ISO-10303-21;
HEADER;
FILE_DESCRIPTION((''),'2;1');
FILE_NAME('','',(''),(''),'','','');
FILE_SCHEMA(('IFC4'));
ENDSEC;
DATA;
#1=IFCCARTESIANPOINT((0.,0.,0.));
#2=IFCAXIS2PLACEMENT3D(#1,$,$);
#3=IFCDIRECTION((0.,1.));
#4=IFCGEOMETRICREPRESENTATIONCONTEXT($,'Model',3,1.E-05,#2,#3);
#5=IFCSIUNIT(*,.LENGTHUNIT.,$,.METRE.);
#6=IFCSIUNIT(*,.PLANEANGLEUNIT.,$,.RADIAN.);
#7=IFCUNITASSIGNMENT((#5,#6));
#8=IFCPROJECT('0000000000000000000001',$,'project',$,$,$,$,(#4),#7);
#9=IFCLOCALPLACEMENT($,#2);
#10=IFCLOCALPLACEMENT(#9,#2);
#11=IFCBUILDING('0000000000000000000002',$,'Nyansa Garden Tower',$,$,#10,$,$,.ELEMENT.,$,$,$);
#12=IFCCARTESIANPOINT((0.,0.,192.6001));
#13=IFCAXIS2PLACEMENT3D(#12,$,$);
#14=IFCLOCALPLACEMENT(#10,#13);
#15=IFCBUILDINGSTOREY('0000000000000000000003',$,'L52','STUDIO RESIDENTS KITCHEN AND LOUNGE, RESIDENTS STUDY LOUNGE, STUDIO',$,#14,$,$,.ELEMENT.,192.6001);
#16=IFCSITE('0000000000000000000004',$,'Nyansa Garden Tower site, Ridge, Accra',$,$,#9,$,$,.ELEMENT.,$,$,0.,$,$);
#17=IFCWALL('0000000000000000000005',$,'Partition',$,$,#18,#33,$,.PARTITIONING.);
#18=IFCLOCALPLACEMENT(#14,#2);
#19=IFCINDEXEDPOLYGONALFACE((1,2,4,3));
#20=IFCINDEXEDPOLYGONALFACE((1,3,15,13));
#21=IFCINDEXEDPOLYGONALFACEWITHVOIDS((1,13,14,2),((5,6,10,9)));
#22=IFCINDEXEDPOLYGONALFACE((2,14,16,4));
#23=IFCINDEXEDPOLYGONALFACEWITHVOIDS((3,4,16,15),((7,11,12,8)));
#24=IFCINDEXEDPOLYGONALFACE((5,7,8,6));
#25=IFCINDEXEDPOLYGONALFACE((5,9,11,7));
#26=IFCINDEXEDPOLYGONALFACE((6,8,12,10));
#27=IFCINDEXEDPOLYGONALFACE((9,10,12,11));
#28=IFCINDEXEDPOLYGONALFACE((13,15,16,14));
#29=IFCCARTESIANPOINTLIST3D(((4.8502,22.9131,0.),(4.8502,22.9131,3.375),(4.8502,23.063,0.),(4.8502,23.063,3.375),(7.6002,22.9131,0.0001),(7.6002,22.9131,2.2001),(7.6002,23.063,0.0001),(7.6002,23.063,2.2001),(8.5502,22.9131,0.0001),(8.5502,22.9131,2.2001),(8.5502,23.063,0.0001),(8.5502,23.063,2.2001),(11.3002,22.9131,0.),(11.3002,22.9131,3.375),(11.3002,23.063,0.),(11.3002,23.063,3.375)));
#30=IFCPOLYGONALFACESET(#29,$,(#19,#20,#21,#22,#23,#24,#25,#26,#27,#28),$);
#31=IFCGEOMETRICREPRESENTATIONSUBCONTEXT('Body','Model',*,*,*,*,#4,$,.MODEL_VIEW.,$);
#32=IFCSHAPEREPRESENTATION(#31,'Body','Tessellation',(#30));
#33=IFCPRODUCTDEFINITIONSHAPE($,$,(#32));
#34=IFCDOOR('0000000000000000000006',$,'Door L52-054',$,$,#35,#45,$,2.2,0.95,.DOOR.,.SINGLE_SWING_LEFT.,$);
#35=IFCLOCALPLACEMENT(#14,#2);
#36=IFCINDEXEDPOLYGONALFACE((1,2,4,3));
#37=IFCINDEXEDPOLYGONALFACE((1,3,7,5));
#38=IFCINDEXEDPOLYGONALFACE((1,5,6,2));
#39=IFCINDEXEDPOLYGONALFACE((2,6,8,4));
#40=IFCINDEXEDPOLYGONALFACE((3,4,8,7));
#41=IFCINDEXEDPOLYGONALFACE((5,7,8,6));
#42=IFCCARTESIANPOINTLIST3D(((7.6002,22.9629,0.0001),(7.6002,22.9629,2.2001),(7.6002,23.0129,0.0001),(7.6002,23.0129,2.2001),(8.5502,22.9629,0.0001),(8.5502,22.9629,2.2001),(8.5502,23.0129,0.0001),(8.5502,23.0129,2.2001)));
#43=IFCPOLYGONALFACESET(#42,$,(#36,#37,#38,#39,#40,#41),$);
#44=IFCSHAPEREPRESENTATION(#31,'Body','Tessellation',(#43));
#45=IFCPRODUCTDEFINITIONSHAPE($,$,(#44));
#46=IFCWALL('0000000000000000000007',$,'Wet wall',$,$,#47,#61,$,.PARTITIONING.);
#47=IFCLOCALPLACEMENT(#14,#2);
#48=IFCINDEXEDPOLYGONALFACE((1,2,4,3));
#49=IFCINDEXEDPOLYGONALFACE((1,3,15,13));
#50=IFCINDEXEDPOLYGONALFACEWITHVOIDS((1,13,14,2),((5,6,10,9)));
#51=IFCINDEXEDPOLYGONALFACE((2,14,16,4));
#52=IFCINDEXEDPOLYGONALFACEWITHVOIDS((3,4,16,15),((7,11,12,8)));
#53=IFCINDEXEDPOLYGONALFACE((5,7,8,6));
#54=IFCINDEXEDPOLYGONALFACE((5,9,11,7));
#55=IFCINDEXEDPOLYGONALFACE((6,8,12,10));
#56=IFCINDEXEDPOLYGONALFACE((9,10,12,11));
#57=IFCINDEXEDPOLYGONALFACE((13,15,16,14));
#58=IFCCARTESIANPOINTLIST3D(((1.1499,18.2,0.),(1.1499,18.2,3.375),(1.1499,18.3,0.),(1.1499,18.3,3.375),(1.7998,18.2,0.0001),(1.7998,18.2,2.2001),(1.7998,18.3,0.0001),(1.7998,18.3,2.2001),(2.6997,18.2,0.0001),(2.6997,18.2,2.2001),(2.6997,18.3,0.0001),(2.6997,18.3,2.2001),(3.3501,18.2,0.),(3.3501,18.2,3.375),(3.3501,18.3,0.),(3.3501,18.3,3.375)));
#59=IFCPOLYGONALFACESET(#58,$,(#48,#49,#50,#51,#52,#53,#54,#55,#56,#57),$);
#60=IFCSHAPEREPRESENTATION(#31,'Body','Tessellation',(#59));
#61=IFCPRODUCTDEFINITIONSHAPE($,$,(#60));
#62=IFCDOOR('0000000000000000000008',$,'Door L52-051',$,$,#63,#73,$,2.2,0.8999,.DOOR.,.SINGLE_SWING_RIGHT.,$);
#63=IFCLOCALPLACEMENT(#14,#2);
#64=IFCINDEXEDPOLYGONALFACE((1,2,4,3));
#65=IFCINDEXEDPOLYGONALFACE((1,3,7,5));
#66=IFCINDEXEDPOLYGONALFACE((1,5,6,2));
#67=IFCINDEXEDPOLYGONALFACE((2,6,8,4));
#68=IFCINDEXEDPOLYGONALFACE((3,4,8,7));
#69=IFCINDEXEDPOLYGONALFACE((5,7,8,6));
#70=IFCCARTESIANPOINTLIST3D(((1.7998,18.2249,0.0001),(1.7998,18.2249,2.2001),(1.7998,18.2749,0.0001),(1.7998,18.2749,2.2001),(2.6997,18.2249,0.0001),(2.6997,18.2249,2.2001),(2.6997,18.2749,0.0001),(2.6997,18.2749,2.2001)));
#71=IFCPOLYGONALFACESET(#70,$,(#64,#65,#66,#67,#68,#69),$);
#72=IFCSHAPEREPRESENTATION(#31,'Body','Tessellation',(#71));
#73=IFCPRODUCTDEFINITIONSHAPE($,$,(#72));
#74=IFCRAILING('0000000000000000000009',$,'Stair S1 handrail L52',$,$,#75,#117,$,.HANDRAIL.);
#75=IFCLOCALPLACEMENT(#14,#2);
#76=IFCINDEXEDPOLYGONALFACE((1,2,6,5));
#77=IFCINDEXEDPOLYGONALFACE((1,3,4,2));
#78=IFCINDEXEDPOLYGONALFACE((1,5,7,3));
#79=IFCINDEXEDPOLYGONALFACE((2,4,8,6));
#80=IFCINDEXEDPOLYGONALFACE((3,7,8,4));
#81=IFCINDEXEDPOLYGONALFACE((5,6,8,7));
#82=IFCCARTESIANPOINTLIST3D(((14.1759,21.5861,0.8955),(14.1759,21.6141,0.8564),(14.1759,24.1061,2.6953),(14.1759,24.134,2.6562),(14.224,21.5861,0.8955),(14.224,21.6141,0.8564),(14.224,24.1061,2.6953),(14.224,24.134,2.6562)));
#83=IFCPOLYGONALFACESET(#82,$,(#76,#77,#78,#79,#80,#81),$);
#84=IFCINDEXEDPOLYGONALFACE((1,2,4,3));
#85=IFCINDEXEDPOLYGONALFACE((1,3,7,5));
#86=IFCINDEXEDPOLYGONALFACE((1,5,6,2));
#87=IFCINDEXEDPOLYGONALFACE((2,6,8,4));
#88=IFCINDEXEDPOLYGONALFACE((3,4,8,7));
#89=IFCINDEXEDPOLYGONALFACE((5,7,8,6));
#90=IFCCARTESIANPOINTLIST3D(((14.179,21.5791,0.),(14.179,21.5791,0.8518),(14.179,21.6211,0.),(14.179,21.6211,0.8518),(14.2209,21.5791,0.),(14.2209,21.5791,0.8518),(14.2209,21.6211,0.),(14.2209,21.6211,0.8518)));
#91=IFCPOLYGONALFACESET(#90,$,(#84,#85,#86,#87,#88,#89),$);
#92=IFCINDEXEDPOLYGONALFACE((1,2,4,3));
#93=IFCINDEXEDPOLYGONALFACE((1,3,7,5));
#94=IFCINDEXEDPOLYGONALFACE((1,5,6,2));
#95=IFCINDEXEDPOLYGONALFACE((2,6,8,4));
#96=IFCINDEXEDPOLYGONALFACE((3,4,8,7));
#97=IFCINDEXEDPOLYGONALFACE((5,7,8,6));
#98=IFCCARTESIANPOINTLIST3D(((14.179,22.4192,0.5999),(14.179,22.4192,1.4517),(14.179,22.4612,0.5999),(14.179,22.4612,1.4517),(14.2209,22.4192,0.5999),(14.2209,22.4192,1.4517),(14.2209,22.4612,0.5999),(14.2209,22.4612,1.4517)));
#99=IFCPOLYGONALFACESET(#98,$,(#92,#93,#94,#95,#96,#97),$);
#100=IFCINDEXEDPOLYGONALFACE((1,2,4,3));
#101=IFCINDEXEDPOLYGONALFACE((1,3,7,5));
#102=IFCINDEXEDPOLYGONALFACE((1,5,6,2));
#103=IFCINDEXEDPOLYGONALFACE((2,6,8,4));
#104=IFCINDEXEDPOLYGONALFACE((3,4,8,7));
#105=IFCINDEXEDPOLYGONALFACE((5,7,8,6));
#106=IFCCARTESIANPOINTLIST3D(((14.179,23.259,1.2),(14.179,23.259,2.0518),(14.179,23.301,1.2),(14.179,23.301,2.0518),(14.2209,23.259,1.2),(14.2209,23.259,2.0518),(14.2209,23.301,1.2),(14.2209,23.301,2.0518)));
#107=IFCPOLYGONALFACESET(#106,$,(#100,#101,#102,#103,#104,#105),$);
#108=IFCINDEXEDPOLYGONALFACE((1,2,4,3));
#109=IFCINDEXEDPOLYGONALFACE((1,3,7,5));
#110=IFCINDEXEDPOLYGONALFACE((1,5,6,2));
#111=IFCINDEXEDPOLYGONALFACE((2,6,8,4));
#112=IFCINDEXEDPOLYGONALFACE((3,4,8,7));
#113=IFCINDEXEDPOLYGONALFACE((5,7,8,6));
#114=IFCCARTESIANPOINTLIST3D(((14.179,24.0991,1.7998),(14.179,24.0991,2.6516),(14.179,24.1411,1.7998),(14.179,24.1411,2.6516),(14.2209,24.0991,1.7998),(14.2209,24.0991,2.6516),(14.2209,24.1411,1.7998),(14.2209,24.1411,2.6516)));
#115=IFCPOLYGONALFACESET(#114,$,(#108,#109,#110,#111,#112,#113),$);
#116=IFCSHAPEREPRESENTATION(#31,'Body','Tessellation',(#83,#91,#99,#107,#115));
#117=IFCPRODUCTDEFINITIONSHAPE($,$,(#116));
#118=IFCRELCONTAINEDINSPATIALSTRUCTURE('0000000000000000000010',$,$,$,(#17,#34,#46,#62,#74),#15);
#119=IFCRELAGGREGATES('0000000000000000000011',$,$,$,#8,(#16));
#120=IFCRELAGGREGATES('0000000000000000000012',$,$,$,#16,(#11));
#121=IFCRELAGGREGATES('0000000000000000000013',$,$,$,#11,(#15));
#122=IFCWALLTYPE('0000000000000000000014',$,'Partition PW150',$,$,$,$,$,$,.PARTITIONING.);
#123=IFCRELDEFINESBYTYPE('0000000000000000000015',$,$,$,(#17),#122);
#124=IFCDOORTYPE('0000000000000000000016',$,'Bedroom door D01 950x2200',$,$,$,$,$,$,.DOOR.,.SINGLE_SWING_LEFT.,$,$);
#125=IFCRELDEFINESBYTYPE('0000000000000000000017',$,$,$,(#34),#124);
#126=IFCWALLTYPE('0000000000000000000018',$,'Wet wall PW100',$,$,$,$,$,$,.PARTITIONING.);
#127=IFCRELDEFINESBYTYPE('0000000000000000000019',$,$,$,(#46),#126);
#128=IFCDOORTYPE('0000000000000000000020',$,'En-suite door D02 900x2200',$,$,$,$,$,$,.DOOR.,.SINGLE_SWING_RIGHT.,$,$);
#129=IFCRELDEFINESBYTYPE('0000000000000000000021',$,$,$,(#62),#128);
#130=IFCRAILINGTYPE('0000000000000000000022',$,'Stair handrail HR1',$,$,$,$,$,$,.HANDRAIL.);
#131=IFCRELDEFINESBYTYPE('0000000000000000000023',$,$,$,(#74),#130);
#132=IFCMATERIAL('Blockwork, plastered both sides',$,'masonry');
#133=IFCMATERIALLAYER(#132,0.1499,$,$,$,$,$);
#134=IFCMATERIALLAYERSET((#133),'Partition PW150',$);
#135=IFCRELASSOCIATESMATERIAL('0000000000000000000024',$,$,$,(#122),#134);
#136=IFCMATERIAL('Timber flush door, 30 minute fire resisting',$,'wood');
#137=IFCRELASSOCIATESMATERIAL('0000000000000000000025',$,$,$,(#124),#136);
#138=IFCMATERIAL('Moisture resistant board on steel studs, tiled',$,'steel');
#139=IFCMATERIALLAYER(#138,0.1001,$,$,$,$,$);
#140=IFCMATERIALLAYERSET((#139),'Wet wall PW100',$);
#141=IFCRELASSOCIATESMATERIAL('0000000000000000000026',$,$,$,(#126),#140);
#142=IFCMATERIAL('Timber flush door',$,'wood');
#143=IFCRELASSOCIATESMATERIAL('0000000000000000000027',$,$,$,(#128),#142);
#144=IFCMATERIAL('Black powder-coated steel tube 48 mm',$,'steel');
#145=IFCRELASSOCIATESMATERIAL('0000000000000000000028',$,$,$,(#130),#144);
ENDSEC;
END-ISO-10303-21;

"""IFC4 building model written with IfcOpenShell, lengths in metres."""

from ifc_helpers import new_model, si_unit, direction, frame, frame_2d, origin, origin_2d, place, context, subcontext, project, spatial, rectangle, extrude, material, layer, layer_set, type_object, element, fill, save


model = new_model("IFC4")

# Units and contexts
model_context = context("Model", 3, precision=1e-05, world=origin(), true_north=direction((0.0, 1.0)))
body_context = subcontext(model_context, "Body", "Model", "MODEL_VIEW")
ifc_project = project(units=[si_unit("LENGTHUNIT", "METRE"), si_unit("PLANEANGLEUNIT", "RADIAN")], contexts=[model_context])

# Site, building, storey
site_placement = place(None, origin())
site = spatial("IfcSite", under=ifc_project, at=site_placement, Name="Nyansa Garden Tower site, Ridge, Accra", CompositionType="ELEMENT", RefElevation=0.0)
building_placement = place(site_placement, origin())
building = spatial("IfcBuilding", under=site, at=building_placement, Name="Nyansa Garden Tower", CompositionType="ELEMENT")
storey_placement = place(building_placement, frame((0.0, 0.0, 192.6001)))
storey = spatial("IfcBuildingStorey", under=building, at=storey_placement, Name="L52", Description="STUDIO RESIDENTS KITCHEN AND LOUNGE, RESIDENTS STUDY LOUNGE, STUDIO", CompositionType="ELEMENT", Elevation=192.6001)

# Shared definitions
ifc_material_1 = material(Name="Blockwork, plastered both sides", Category="masonry")
ifc_layer_1 = layer(ifc_material_1, 0.1499)
ifc_layer_set_1 = layer_set([ifc_layer_1], Name="Partition PW150")
wall_type_1 = type_object("IfcWallType", Name="Partition PW150", PredefinedType="PARTITIONING", material=ifc_layer_set_1)

# Walls, openings, doors
wall_1_placement = place(storey_placement, frame((4.8501, 22.988, 0.0), z_axis=(0.0, 0.0, 1.0), x_axis=(1.0, 0.0, 0.0)))
wall_1 = element("IfcWall", 1, at=wall_1_placement, inside=storey, type_object=wall_type_1, Name="Partition", PredefinedType="PARTITIONING", context=body_context, shape_type="SweptSolid", body=[
    extrude(rectangle(XDim=6.45, YDim=0.1499, at=frame_2d((3.2251, 0.0))), origin(), (0.0, 0.0, 1.0), 3.375),
])
opening_1_placement = place(wall_1_placement, frame((2.75, 0.0, 0.0)))
opening_1 = element("IfcOpeningElement", 2, at=opening_1_placement, cuts=wall_1, PredefinedType="OPENING", context=body_context, shape_type="SweptSolid", body=[
    extrude(rectangle(XDim=0.95, YDim=2.2, at=frame_2d((0.4751, 1.1001))), frame((0.0, 0.085, 0.0), z_axis=(0.0, -1.0, 0.0), x_axis=(1.0, 0.0, 0.0)), (0.0, 0.0, 1.0), 0.1699),
])
ifc_material_2 = material(Name="Timber flush door, 30 minute fire resisting", Category="wood")
door_type_1 = type_object("IfcDoorType", Name="Bedroom door D01 950x2200", OperationType="SINGLE_SWING_LEFT", PredefinedType="DOOR", material=ifc_material_2)
door_1_placement = place(opening_1_placement, origin())
door_1 = element("IfcDoor", 3, at=door_1_placement, inside=storey, type_object=door_type_1, Name="Door L52-054", OperationType="SINGLE_SWING_LEFT", OverallHeight=2.2, OverallWidth=0.95, PredefinedType="DOOR", context=body_context, shape_type="SweptSolid", body=[
    extrude(rectangle(XDim=0.95, YDim=2.2, at=frame_2d((0.4751, 1.1001))), frame((0.0, 0.0249, 0.0), z_axis=(0.0, -1.0, 0.0), x_axis=(1.0, 0.0, 0.0)), (0.0, 0.0, 1.0), 0.05),
])
fill(opening_1, door_1)
ifc_material_3 = material(Name="Moisture resistant board on steel studs, tiled", Category="steel")
ifc_layer_2 = layer(ifc_material_3, 0.1001)
ifc_layer_set_2 = layer_set([ifc_layer_2], Name="Wet wall PW100")
wall_type_2 = type_object("IfcWallType", Name="Wet wall PW100", PredefinedType="PARTITIONING", material=ifc_layer_set_2)
wall_2_placement = place(storey_placement, frame((1.1499, 18.25, 0.0), z_axis=(0.0, 0.0, 1.0), x_axis=(1.0, 0.0, 0.0)))
wall_2 = element("IfcWall", 4, at=wall_2_placement, inside=storey, type_object=wall_type_2, Name="Wet wall", PredefinedType="PARTITIONING", context=body_context, shape_type="SweptSolid", body=[
    extrude(rectangle(XDim=2.2002, YDim=0.1001, at=frame_2d((1.1001, 0.0))), origin(), (0.0, 0.0, 1.0), 3.375),
])
opening_2_placement = place(wall_2_placement, frame((0.6499, 0.0, 0.0)))
opening_2 = element("IfcOpeningElement", 5, at=opening_2_placement, cuts=wall_2, PredefinedType="OPENING", context=body_context, shape_type="SweptSolid", body=[
    extrude(rectangle(XDim=0.8999, YDim=2.2, at=frame_2d((0.45, 1.1001))), frame((0.0, 0.0601, 0.0), z_axis=(0.0, -1.0, 0.0), x_axis=(1.0, 0.0, 0.0)), (0.0, 0.0, 1.0), 0.1201),
])
ifc_material_4 = material(Name="Timber flush door", Category="wood")
door_type_2 = type_object("IfcDoorType", Name="En-suite door D02 900x2200", OperationType="SINGLE_SWING_RIGHT", PredefinedType="DOOR", material=ifc_material_4)
door_2_placement = place(opening_2_placement, origin())
door_2 = element("IfcDoor", 6, at=door_2_placement, inside=storey, type_object=door_type_2, Name="Door L52-051", OperationType="SINGLE_SWING_RIGHT", OverallHeight=2.2, OverallWidth=0.8999, PredefinedType="DOOR", context=body_context, shape_type="SweptSolid", body=[
    extrude(rectangle(XDim=0.8999, YDim=2.2, at=frame_2d((0.45, 1.1001))), frame((0.0, 0.0249, 0.0), z_axis=(0.0, -1.0, 0.0), x_axis=(1.0, 0.0, 0.0)), (0.0, 0.0, 1.0), 0.05),
])
fill(opening_2, door_2)

# Railing
ifc_material_5 = material(Name="Black powder-coated steel tube 48 mm", Category="steel")
railing_type = type_object("IfcRailingType", Name="Stair handrail HR1", PredefinedType="HANDRAIL", material=ifc_material_5)
railing_placement = place(storey_placement, frame((14.2, 21.6001, 0.0)))
element("IfcRailing", 7, at=railing_placement, inside=storey, type_object=railing_type, Name="Stair S1 handrail L52", PredefinedType="HANDRAIL", context=body_context, shape_type="SweptSolid", body=[
    extrude(rectangle(XDim=0.0481, YDim=0.0481, at=origin_2d()), frame((0.0, 0.0, 0.876), z_axis=(0.0, 0.813765, 0.581193), x_axis=(-1.0, 0.0, 0.0)), (0.0, 0.0, 1.0), 3.0967),
    extrude(rectangle(XDim=0.042, YDim=0.042, at=origin_2d()), origin(), (0.0, 0.0, 1.0), 0.8518),
    extrude(rectangle(XDim=0.042, YDim=0.042, at=origin_2d()), frame((0.0, 0.8401, 0.5999)), (0.0, 0.0, 1.0), 0.8518),
    extrude(rectangle(XDim=0.042, YDim=0.042, at=origin_2d()), frame((0.0, 1.6799, 1.2)), (0.0, 0.0, 1.0), 0.8518),
    extrude(rectangle(XDim=0.042, YDim=0.042, at=origin_2d()), frame((0.0, 2.52, 1.7998)), (0.0, 0.0, 1.0), 0.8518),
])

save(model, "model.ifc")
